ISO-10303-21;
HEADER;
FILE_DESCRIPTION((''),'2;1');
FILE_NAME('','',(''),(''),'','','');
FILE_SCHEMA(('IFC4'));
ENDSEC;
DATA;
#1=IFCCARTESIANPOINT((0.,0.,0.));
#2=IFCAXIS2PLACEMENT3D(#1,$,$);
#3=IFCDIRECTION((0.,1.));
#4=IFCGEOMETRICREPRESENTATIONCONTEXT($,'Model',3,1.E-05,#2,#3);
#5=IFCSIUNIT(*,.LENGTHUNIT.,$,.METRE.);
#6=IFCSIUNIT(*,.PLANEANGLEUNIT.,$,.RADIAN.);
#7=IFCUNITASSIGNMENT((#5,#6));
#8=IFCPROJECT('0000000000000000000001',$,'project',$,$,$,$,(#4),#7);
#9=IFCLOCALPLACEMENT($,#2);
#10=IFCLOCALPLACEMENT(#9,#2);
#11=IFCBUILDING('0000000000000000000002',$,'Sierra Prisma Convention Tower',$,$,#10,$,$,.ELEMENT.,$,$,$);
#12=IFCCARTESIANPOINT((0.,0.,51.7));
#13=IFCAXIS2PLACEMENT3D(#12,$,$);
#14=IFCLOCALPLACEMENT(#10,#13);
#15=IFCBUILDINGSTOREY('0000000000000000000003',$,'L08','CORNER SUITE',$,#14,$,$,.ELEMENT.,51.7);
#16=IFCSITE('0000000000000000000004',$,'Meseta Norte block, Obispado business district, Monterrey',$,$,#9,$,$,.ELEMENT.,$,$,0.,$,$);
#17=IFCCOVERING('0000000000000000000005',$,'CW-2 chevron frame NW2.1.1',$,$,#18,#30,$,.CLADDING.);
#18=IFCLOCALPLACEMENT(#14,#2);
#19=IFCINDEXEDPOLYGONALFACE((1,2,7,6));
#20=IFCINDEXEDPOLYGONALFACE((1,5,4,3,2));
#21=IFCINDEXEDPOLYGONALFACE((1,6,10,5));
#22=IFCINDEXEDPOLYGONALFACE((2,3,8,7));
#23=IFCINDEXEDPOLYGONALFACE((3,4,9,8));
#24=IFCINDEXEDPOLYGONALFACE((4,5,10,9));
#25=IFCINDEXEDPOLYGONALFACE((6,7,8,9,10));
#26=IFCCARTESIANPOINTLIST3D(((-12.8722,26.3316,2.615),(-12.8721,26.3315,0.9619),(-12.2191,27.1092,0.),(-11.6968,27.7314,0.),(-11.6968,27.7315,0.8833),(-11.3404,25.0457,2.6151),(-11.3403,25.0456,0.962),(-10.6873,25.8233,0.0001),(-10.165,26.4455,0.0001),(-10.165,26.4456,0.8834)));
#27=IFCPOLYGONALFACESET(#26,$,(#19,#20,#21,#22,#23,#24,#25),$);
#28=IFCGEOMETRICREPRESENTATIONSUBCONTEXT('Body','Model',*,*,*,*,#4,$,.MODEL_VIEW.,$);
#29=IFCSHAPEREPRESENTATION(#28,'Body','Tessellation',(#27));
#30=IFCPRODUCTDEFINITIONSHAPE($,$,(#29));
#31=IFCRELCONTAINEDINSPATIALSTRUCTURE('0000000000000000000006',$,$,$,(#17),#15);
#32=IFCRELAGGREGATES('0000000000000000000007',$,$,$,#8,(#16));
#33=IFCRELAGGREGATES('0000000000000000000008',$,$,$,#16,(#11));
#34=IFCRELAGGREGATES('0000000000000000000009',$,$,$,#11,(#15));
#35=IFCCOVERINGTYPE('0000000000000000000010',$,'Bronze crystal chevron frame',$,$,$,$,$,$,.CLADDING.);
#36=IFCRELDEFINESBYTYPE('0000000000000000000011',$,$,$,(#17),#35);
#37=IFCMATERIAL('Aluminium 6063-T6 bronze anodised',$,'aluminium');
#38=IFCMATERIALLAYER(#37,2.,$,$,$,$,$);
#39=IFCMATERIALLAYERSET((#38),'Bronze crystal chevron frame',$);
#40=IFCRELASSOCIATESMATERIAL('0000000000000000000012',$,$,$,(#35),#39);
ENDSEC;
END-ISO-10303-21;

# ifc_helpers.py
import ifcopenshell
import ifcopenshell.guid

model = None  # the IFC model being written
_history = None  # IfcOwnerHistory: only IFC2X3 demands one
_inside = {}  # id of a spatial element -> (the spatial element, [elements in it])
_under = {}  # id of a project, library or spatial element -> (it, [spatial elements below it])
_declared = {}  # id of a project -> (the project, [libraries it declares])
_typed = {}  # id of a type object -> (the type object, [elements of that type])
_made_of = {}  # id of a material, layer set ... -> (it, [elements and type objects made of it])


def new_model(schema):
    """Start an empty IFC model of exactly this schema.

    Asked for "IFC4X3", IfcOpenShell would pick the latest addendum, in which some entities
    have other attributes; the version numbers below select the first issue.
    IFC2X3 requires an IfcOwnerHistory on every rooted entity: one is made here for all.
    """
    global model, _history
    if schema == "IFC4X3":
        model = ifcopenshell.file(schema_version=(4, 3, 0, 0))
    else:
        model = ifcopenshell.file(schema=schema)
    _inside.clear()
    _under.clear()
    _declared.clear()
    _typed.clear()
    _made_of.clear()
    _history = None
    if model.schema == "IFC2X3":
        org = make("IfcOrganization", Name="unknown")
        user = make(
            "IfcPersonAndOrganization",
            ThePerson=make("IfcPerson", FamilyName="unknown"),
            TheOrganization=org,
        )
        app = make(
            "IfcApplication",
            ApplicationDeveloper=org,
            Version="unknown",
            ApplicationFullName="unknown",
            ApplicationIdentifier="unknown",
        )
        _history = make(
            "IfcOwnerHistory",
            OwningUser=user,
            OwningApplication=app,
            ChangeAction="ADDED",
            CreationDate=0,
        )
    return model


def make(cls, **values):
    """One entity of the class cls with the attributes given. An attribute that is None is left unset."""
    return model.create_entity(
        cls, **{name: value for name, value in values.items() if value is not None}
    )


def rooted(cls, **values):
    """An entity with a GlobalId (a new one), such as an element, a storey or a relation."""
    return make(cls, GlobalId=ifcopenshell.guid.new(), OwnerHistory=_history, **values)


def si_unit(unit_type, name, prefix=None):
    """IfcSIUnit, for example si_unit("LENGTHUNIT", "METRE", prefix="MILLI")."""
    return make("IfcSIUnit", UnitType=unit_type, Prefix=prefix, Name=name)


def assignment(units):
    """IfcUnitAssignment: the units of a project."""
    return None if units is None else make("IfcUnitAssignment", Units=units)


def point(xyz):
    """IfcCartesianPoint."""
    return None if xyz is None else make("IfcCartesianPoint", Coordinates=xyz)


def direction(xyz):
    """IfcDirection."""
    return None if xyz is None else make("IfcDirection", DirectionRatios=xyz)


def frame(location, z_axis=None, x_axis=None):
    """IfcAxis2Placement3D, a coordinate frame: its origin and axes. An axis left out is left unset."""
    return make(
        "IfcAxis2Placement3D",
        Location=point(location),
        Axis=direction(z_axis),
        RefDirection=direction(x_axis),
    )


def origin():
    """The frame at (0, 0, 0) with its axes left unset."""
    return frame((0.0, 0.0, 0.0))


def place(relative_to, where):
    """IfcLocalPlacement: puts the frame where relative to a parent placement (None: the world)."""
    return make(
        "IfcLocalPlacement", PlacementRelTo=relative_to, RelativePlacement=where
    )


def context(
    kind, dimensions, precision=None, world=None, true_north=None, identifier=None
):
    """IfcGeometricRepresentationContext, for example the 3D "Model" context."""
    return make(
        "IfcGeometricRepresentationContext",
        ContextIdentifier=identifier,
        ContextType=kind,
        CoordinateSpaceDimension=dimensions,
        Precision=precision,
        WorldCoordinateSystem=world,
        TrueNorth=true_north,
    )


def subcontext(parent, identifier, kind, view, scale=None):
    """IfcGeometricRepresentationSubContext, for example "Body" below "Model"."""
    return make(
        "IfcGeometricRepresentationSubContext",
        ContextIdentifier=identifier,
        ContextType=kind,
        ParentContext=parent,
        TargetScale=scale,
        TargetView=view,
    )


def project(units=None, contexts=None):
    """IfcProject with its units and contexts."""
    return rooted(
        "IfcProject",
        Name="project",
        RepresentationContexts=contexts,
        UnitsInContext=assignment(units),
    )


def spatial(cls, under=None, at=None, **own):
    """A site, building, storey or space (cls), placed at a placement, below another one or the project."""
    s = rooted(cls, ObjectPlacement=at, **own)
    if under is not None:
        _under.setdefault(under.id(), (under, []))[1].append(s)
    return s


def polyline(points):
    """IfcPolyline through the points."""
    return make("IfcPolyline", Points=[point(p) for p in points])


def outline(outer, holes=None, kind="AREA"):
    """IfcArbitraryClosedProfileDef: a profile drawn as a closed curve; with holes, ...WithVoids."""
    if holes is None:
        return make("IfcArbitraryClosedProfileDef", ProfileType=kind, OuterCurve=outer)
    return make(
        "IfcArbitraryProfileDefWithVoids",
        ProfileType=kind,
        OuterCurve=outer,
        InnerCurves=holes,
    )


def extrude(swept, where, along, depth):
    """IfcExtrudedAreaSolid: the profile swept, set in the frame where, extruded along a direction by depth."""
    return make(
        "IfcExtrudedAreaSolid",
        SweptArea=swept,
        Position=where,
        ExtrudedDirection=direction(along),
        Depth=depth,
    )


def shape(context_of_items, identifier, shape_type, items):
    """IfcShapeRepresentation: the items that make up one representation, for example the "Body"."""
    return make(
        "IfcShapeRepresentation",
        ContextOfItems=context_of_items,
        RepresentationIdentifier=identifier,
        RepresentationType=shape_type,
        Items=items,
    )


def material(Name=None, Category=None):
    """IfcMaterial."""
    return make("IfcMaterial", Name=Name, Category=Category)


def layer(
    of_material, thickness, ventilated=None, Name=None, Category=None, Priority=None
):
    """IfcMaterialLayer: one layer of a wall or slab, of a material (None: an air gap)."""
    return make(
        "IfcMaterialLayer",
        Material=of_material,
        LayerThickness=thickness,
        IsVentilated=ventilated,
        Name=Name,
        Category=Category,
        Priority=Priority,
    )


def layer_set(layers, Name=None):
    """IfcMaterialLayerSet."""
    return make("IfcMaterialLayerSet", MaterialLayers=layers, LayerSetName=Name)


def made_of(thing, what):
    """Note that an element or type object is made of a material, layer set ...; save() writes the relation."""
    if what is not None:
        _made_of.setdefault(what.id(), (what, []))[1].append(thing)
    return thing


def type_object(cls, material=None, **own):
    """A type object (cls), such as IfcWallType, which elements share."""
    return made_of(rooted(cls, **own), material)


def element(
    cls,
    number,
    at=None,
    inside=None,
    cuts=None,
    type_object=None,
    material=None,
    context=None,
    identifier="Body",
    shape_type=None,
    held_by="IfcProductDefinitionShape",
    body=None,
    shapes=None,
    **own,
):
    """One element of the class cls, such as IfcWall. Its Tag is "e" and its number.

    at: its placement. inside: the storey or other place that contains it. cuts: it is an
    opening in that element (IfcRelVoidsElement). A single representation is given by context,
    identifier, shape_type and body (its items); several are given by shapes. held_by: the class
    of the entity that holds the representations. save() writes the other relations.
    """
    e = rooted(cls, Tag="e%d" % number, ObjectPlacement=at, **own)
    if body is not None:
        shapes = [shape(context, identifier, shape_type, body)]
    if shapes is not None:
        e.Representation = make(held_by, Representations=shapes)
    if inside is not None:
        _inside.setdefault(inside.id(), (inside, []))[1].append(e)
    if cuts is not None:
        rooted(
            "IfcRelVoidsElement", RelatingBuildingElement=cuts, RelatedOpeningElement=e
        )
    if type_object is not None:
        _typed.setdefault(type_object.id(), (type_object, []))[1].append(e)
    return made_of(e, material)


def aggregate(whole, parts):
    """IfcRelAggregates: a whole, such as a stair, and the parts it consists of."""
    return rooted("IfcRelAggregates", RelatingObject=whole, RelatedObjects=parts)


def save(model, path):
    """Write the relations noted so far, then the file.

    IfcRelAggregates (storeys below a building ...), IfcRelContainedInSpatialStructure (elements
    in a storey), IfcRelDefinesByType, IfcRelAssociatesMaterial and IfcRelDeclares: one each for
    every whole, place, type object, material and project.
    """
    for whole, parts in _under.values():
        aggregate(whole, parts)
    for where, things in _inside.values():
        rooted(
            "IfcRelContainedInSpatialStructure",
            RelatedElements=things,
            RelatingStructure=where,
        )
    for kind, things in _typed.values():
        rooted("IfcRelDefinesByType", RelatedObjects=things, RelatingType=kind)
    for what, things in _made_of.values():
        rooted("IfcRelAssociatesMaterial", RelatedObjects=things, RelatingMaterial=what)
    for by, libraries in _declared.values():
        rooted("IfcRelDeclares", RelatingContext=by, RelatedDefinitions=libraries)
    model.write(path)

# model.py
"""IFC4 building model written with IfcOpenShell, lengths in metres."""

from ifc_helpers import new_model, si_unit, direction, frame, origin, place, context, subcontext, project, spatial, polyline, outline, extrude, material, layer, layer_set, type_object, element, save


model = new_model("IFC4")

# Units and contexts
model_context = context("Model", 3, precision=1e-05, world=origin(), true_north=direction((0.0, 1.0)))
body_context = subcontext(model_context, "Body", "Model", "MODEL_VIEW")
ifc_project = project(units=[si_unit("LENGTHUNIT", "METRE"), si_unit("PLANEANGLEUNIT", "RADIAN")], contexts=[model_context])

# Site, building, storey
site_placement = place(None, origin())
site = spatial("IfcSite", under=ifc_project, at=site_placement, Name="Meseta Norte block, Obispado business district, Monterrey", CompositionType="ELEMENT", RefElevation=0.0)
building_placement = place(site_placement, origin())
building = spatial("IfcBuilding", under=site, at=building_placement, Name="Sierra Prisma Convention Tower", CompositionType="ELEMENT")
storey_placement = place(building_placement, frame((0.0, 0.0, 51.7)))
storey = spatial("IfcBuildingStorey", under=building, at=storey_placement, Name="L08", Description="CORNER SUITE", CompositionType="ELEMENT", Elevation=51.7)

# Covering
ifc_material_1 = material(Name="Aluminium 6063-T6 bronze anodised", Category="aluminium")
ifc_layer_1 = layer(ifc_material_1, 2.0)
ifc_layer_set_1 = layer_set([ifc_layer_1], Name="Bronze crystal chevron frame")
covering_type = type_object("IfcCoveringType", Name="Bronze crystal chevron frame", PredefinedType="CLADDING", material=ifc_layer_set_1)
covering_1_placement = place(storey_placement, frame((-11.6968, 27.7314, 0.0), z_axis=(-0.765895, 0.642966, -0.000064), x_axis=(-0.642966, -0.765895, 0.0)))
element("IfcCovering", 1, at=covering_1_placement, inside=storey, type_object=covering_type, Name="CW-2 chevron frame NW2.1.1", PredefinedType="CLADDING", context=body_context, shape_type="SweptSolid", body=[
    extrude(outline(polyline([(0.0, 0.0), (0.8124, 0.0), (1.8279, 0.9619), (1.8279, 2.615), (0.0, 0.8833), (0.0, 0.0)])), origin(), (0.0, 0.0, -1.0), 2.0),
])

save(model, "model.ifc")
